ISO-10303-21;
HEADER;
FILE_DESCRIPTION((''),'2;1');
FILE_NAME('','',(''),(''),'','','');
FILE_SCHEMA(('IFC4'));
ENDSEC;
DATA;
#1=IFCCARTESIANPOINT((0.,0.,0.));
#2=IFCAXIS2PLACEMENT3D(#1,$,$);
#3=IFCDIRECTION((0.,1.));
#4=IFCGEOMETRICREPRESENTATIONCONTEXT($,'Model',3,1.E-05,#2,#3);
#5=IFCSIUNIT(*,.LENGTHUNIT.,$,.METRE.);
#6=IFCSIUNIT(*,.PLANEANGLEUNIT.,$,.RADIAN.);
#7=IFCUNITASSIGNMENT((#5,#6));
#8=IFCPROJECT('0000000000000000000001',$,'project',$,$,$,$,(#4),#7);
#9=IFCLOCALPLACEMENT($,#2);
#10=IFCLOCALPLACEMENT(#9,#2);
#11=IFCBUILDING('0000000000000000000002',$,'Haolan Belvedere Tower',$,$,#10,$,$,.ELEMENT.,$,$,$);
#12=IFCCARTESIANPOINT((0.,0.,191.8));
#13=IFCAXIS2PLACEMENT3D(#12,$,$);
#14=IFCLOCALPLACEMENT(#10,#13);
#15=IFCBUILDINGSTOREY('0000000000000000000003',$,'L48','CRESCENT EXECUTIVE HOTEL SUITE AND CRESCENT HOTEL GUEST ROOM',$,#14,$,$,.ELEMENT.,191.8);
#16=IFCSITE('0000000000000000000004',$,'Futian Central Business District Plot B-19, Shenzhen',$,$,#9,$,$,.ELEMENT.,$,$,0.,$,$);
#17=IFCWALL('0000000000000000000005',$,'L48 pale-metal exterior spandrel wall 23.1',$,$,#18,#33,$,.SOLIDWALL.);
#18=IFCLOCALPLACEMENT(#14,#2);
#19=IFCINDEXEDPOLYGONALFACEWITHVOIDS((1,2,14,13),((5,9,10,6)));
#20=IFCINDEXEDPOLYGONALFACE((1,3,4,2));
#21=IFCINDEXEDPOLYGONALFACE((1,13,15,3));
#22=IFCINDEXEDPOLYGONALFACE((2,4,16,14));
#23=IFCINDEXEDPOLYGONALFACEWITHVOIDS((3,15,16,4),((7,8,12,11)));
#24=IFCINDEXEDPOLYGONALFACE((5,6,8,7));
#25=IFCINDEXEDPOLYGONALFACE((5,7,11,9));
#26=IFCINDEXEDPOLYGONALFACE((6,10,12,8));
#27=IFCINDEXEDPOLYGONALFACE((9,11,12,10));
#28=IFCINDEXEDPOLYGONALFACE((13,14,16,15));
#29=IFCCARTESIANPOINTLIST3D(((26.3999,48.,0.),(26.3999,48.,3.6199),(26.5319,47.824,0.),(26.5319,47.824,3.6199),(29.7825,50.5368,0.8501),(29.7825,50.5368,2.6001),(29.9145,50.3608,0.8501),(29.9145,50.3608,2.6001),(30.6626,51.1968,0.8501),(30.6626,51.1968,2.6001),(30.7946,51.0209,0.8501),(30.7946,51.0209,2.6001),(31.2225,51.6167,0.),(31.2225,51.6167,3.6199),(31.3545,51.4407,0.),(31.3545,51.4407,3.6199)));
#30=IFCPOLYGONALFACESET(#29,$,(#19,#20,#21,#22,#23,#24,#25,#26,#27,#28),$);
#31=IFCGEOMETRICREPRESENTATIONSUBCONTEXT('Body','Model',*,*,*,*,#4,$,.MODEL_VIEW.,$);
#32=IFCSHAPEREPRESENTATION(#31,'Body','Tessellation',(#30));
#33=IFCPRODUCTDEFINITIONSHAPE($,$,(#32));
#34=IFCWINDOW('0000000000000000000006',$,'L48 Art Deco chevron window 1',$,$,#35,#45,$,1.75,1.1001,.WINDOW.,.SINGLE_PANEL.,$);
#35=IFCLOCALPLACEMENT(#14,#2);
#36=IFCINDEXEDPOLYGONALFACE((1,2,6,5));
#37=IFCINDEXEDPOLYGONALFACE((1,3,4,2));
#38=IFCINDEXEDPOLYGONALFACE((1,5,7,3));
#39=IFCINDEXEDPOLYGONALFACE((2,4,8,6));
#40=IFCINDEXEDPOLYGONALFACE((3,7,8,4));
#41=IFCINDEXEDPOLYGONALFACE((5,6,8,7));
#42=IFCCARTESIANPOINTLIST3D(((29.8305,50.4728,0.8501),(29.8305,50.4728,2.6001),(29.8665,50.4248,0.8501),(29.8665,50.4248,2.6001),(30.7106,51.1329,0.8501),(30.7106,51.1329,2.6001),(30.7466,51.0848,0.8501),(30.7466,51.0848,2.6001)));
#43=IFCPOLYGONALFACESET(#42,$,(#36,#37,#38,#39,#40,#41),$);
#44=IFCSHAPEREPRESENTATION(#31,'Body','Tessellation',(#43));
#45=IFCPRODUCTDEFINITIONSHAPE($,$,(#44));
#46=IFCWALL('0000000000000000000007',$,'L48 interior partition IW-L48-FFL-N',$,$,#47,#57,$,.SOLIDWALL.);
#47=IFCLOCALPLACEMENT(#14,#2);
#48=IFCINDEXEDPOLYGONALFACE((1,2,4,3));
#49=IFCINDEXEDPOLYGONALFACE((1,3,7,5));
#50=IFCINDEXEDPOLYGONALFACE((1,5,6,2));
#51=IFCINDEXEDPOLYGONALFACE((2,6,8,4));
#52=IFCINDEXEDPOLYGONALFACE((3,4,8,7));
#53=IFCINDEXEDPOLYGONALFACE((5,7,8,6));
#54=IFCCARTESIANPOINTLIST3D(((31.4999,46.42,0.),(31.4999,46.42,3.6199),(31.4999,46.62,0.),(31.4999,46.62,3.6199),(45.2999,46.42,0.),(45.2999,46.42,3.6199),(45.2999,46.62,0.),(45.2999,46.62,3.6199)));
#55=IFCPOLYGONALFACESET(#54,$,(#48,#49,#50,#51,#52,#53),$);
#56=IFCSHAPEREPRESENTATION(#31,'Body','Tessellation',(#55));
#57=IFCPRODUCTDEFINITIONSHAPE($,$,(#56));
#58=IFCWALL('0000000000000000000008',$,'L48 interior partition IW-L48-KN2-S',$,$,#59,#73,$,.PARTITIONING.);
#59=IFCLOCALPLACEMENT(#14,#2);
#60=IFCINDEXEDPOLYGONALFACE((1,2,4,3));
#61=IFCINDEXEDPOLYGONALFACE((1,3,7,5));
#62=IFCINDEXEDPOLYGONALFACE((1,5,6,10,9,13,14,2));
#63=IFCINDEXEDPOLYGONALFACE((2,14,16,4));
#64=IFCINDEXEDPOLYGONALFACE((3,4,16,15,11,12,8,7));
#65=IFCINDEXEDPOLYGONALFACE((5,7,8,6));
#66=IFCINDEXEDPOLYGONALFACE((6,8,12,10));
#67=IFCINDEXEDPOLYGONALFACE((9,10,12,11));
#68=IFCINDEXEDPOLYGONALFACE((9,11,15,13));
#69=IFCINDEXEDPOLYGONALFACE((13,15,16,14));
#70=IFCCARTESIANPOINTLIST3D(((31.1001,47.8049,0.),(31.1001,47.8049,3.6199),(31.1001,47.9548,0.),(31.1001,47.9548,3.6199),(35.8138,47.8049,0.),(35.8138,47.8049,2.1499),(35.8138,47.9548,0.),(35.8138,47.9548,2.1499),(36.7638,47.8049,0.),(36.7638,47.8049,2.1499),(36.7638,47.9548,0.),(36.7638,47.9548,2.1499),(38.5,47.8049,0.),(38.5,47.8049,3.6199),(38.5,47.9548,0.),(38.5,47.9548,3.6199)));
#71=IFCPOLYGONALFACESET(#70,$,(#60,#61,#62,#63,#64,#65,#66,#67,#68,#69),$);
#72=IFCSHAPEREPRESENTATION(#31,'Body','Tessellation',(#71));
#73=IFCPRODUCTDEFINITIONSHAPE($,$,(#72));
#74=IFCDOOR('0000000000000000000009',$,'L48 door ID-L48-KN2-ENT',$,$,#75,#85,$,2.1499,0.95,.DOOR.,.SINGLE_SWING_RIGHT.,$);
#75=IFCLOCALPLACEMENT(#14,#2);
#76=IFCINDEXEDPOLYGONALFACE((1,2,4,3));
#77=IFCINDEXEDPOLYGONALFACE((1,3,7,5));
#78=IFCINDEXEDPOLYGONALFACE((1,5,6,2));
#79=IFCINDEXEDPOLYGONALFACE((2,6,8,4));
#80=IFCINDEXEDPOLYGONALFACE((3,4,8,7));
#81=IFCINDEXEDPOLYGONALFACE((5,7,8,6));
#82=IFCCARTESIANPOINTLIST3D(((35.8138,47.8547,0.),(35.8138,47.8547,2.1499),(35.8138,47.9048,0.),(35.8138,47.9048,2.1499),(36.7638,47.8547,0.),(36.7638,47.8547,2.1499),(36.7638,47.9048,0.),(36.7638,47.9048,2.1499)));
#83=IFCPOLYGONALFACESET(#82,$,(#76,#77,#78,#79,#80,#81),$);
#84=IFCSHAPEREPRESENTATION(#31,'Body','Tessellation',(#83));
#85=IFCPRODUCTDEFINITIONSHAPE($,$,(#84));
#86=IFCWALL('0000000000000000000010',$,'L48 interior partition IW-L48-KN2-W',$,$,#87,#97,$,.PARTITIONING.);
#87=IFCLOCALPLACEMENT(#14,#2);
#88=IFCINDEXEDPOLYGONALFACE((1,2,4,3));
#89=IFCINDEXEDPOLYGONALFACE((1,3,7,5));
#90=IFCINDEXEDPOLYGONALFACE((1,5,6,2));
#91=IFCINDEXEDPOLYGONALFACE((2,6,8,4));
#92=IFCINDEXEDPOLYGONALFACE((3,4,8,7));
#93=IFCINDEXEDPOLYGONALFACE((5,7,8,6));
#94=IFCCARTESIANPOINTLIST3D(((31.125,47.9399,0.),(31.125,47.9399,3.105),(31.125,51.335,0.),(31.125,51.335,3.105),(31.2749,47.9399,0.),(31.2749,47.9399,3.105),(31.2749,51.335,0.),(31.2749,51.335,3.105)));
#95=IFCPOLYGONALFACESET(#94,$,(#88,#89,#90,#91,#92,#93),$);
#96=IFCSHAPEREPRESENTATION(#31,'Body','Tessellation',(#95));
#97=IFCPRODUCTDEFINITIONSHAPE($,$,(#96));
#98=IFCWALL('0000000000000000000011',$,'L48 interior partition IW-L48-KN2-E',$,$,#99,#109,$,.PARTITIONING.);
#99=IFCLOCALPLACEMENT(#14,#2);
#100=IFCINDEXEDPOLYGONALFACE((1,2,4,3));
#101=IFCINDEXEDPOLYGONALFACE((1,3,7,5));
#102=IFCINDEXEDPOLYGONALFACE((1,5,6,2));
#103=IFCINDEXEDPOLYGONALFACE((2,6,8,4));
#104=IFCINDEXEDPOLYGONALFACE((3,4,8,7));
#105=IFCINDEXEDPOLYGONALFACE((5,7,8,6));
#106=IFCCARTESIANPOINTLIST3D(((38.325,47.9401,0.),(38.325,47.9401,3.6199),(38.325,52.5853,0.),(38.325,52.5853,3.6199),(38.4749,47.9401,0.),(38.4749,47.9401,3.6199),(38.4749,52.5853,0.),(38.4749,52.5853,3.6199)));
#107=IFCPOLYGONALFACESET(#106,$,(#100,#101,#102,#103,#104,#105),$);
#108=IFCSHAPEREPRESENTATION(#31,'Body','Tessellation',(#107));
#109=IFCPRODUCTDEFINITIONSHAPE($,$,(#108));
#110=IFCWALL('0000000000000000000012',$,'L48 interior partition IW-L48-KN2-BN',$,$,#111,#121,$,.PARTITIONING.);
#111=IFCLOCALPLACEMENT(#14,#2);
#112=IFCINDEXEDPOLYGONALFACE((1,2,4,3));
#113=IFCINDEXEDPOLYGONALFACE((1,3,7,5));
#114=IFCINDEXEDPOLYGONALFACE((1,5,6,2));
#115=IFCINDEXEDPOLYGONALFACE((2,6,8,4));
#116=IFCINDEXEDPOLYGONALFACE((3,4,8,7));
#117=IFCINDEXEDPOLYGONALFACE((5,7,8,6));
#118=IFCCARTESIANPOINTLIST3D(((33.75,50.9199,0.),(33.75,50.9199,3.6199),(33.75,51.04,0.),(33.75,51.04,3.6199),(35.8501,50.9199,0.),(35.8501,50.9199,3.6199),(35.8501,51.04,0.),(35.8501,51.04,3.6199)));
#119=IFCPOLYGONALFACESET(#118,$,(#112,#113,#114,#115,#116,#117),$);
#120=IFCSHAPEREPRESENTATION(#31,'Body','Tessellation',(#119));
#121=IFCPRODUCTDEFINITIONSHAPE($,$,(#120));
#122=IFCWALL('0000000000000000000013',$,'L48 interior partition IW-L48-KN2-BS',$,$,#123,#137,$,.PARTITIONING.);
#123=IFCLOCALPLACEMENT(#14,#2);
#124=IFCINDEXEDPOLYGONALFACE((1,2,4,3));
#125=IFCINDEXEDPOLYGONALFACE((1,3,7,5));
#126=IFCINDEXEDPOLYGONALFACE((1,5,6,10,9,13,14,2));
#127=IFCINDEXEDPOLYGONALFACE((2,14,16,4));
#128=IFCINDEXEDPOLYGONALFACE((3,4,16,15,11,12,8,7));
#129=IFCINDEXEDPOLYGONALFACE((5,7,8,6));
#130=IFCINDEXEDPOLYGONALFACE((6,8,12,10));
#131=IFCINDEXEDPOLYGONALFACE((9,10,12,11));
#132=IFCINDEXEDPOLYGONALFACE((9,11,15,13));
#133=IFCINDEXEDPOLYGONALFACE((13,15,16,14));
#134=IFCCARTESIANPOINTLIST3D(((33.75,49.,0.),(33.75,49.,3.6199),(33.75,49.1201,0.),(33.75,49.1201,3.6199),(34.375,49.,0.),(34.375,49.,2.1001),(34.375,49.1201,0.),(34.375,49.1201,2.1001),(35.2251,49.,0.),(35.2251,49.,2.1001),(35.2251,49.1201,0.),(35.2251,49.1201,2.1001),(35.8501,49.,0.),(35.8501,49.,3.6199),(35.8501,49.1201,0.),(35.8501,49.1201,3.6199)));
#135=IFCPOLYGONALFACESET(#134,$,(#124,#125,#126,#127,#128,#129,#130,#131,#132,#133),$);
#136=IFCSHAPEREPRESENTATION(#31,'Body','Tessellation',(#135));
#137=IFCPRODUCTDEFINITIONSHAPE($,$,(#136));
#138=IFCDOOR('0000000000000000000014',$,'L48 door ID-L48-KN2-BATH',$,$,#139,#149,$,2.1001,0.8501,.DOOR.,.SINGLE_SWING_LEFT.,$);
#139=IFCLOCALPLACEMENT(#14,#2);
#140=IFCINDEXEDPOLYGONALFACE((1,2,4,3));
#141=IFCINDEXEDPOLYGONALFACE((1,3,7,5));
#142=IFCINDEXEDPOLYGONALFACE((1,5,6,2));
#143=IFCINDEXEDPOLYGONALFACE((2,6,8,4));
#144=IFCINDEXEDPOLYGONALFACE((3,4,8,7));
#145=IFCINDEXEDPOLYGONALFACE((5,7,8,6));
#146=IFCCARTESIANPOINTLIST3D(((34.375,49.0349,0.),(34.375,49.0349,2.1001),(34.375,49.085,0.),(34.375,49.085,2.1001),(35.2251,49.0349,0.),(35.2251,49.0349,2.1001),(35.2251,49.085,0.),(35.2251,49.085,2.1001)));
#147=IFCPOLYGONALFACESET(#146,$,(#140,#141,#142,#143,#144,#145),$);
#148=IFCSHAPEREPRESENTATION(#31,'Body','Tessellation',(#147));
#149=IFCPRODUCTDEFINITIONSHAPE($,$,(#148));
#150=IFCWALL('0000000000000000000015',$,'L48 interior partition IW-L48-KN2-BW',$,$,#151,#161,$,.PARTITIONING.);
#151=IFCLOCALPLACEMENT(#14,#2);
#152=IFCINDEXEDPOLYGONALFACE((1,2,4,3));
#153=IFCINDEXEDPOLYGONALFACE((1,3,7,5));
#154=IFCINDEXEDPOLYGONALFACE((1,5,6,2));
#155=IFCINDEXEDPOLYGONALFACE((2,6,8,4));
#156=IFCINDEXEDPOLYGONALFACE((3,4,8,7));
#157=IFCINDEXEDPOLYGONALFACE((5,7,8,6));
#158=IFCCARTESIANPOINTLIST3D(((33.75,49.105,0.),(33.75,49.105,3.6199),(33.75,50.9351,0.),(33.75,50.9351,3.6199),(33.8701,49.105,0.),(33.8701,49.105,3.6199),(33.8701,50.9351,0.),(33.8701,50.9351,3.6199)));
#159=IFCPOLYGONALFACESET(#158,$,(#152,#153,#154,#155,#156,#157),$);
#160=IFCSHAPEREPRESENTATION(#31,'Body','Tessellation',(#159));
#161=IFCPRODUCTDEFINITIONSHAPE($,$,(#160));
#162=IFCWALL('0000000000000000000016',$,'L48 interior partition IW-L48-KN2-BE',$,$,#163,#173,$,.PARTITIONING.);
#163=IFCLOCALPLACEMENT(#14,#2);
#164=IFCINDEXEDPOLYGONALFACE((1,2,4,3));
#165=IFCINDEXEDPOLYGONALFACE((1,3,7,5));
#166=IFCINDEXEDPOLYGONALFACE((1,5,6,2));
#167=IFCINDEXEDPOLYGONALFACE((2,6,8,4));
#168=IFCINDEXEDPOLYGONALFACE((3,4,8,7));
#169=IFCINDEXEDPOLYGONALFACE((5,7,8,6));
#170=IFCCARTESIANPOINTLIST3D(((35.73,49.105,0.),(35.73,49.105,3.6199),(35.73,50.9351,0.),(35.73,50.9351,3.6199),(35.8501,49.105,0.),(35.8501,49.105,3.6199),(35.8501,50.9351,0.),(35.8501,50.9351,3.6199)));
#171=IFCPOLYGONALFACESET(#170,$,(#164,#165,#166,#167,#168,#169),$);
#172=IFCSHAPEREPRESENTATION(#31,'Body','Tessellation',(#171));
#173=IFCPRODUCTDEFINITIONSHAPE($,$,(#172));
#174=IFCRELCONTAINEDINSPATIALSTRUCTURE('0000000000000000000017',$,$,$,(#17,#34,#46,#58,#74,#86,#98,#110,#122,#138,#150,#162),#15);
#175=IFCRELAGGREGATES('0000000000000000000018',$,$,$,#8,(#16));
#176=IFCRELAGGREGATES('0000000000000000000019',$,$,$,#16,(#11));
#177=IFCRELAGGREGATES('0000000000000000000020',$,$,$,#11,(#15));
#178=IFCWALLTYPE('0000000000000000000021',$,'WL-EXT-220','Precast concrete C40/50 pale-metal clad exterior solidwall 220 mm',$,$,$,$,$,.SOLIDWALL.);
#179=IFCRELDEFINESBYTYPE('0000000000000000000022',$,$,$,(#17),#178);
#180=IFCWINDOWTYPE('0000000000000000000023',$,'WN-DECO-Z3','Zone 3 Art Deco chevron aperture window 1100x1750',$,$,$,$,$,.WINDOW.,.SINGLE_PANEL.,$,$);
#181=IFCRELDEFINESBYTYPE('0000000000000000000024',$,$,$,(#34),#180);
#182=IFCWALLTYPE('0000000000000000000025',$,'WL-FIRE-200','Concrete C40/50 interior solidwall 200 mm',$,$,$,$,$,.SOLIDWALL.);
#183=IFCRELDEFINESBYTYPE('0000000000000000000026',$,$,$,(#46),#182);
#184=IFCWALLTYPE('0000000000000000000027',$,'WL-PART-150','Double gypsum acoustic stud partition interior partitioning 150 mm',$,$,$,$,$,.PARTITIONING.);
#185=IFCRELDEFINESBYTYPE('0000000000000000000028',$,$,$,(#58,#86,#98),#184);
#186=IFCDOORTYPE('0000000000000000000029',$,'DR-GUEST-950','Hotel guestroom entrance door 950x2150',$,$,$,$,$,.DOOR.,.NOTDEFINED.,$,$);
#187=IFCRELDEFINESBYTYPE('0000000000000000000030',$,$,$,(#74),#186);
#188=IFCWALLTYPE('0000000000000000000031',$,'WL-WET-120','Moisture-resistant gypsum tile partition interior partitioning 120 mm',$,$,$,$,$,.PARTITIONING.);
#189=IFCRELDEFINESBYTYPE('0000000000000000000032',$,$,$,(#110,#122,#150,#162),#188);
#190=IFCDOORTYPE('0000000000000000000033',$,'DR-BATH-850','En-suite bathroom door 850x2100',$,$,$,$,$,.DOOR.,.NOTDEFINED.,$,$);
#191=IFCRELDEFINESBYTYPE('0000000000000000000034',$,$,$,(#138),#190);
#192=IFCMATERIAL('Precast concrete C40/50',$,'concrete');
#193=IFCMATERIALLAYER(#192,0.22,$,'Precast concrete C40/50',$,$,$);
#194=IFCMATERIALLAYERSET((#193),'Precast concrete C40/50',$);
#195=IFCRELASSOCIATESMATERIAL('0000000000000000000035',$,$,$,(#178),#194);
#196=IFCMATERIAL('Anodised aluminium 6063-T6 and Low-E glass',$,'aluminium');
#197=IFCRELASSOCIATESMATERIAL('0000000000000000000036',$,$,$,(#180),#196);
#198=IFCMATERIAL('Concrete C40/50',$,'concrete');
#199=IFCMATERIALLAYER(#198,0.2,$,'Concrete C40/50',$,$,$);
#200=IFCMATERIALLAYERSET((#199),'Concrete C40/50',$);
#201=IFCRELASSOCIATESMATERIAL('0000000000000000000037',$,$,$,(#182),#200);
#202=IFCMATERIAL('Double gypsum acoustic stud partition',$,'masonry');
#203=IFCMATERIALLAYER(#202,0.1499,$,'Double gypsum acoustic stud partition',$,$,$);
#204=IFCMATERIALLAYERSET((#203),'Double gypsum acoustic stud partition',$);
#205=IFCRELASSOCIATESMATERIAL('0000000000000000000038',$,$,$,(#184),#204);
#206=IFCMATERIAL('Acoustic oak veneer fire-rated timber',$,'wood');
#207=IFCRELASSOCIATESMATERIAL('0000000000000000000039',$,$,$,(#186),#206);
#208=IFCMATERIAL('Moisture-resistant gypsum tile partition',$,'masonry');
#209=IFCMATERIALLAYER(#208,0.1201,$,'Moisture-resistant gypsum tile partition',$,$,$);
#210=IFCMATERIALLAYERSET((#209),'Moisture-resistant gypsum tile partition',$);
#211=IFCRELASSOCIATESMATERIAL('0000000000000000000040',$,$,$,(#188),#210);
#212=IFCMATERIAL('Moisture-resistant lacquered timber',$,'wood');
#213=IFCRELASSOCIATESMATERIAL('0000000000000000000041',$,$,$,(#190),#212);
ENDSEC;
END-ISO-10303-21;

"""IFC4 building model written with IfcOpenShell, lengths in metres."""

from ifc_helpers import new_model, si_unit, direction, frame, frame_2d, origin, place, context, subcontext, project, spatial, rectangle, extrude, material, layer, layer_set, type_object, element, fill, save


model = new_model("IFC4")

# Units and contexts
model_context = context("Model", 3, precision=1e-05, world=origin(), true_north=direction((0.0, 1.0)))
body_context = subcontext(model_context, "Body", "Model", "MODEL_VIEW")
ifc_project = project(units=[si_unit("LENGTHUNIT", "METRE"), si_unit("PLANEANGLEUNIT", "RADIAN")], contexts=[model_context])

# Site, building, storey
site_placement = place(None, origin())
site = spatial("IfcSite", under=ifc_project, at=site_placement, Name="Futian Central Business District Plot B-19, Shenzhen", CompositionType="ELEMENT", RefElevation=0.0)
building_placement = place(site_placement, origin())
building = spatial("IfcBuilding", under=site, at=building_placement, Name="Haolan Belvedere Tower", CompositionType="ELEMENT")
storey_placement = place(building_placement, frame((0.0, 0.0, 191.8)))
storey = spatial("IfcBuildingStorey", under=building, at=storey_placement, Name="L48", Description="CRESCENT EXECUTIVE HOTEL SUITE AND CRESCENT HOTEL GUEST ROOM", CompositionType="ELEMENT", Elevation=191.8)

# Wall, opening, window
ifc_material_1 = material(Name="Precast concrete C40/50", Category="concrete")
ifc_layer_1 = layer(ifc_material_1, 0.22, Name="Precast concrete C40/50")
ifc_layer_set_1 = layer_set([ifc_layer_1], Name="Precast concrete C40/50")
wall_type_1 = type_object("IfcWallType", Name="WL-EXT-220", Description="Precast concrete C40/50 pale-metal clad exterior solidwall 220 mm", PredefinedType="SOLIDWALL", material=ifc_layer_set_1)
wall_1_placement = place(storey_placement, frame((31.2886, 51.5288, 0.0), z_axis=(0.0, 0.0, 1.0), x_axis=(-0.800015, -0.599981, 0.0)))
wall_1 = element("IfcWall", 1, at=wall_1_placement, inside=storey, type_object=wall_type_1, Name="L48 pale-metal exterior spandrel wall 23.1", PredefinedType="SOLIDWALL", context=body_context, shape_type="SweptSolid", body=[
    extrude(rectangle(XDim=6.0281, YDim=0.22, at=frame_2d((3.0142, 0.0))), origin(), (0.0, 0.0, 1.0), 3.6199),
])
opening_1_placement = place(wall_1_placement, frame((0.7, 0.0, 0.8501)))
opening_1 = element("IfcOpeningElement", 2, at=opening_1_placement, cuts=wall_1, PredefinedType="OPENING", context=body_context, shape_type="SweptSolid", body=[
    extrude(rectangle(XDim=1.1001, YDim=1.75, at=frame_2d((0.55, 0.875))), frame((0.0, 0.1199, 0.0), z_axis=(0.0, -1.0, 0.0), x_axis=(1.0, 0.0, 0.0)), (0.0, 0.0, 1.0), 0.24),
])
ifc_material_2 = material(Name="Anodised aluminium 6063-T6 and Low-E glass", Category="aluminium")
window_type = type_object("IfcWindowType", Name="WN-DECO-Z3", Description="Zone 3 Art Deco chevron aperture window 1100x1750", PartitioningType="SINGLE_PANEL", PredefinedType="WINDOW", material=ifc_material_2)
window_placement = place(opening_1_placement, origin())
window = element("IfcWindow", 3, at=window_placement, inside=storey, type_object=window_type, Name="L48 Art Deco chevron window 1", OverallHeight=1.75, OverallWidth=1.1001, PartitioningType="SINGLE_PANEL", PredefinedType="WINDOW", context=body_context, shape_type="SweptSolid", body=[
    extrude(rectangle(XDim=1.1001, YDim=1.75, at=frame_2d((0.55, 0.875))), frame((0.0, 0.03, 0.0), z_axis=(0.0, -1.0, 0.0), x_axis=(1.0, 0.0, 0.0)), (0.0, 0.0, 1.0), 0.0601),
])
fill(opening_1, window)

# Wall
ifc_material_3 = material(Name="Concrete C40/50", Category="concrete")
ifc_layer_2 = layer(ifc_material_3, 0.2, Name="Concrete C40/50")
ifc_layer_set_2 = layer_set([ifc_layer_2], Name="Concrete C40/50")
wall_type_2 = type_object("IfcWallType", Name="WL-FIRE-200", Description="Concrete C40/50 interior solidwall 200 mm", PredefinedType="SOLIDWALL", material=ifc_layer_set_2)
wall_2_placement = place(storey_placement, frame((31.5, 46.52, 0.0), z_axis=(0.0, 0.0, 1.0), x_axis=(1.0, 0.0, 0.0)))
element("IfcWall", 4, at=wall_2_placement, inside=storey, type_object=wall_type_2, Name="L48 interior partition IW-L48-FFL-N", PredefinedType="SOLIDWALL", context=body_context, shape_type="SweptSolid", body=[
    extrude(rectangle(XDim=13.8, YDim=0.2, at=frame_2d((6.8999, 0.0))), origin(), (0.0, 0.0, 1.0), 3.6199),
])

# Wall, opening, door
ifc_material_4 = material(Name="Double gypsum acoustic stud partition", Category="masonry")
ifc_layer_3 = layer(ifc_material_4, 0.1499, Name="Double gypsum acoustic stud partition")
ifc_layer_set_3 = layer_set([ifc_layer_3], Name="Double gypsum acoustic stud partition")
wall_type_3 = type_object("IfcWallType", Name="WL-PART-150", Description="Double gypsum acoustic stud partition interior partitioning 150 mm", PredefinedType="PARTITIONING", material=ifc_layer_set_3)
wall_3_placement = place(storey_placement, frame((31.1001, 47.8799, 0.0), z_axis=(0.0, 0.0, 1.0), x_axis=(1.0, 0.0, 0.0)))
wall_3 = element("IfcWall", 5, at=wall_3_placement, inside=storey, type_object=wall_type_3, Name="L48 interior partition IW-L48-KN2-S", PredefinedType="PARTITIONING", context=body_context, shape_type="SweptSolid", body=[
    extrude(rectangle(XDim=7.3999, YDim=0.1499, at=frame_2d((3.7, 0.0))), origin(), (0.0, 0.0, 1.0), 3.6199),
])
opening_2_placement = place(wall_3_placement, frame((4.7136, 0.0, 0.0)))
opening_2 = element("IfcOpeningElement", 6, at=opening_2_placement, cuts=wall_3, PredefinedType="OPENING", context=body_context, shape_type="SweptSolid", body=[
    extrude(rectangle(XDim=0.95, YDim=2.1499, at=frame_2d((0.4751, 1.075))), frame((0.0, 0.085, 0.0), z_axis=(0.0, -1.0, 0.0), x_axis=(1.0, 0.0, 0.0)), (0.0, 0.0, 1.0), 0.1699),
])
ifc_material_5 = material(Name="Acoustic oak veneer fire-rated timber", Category="wood")
door_type_1 = type_object("IfcDoorType", Name="DR-GUEST-950", Description="Hotel guestroom entrance door 950x2150", OperationType="NOTDEFINED", PredefinedType="DOOR", material=ifc_material_5)
door_1_placement = place(opening_2_placement, origin())
door_1 = element("IfcDoor", 7, at=door_1_placement, inside=storey, type_object=door_type_1, Name="L48 door ID-L48-KN2-ENT", OperationType="SINGLE_SWING_RIGHT", OverallHeight=2.1499, OverallWidth=0.95, PredefinedType="DOOR", context=body_context, shape_type="SweptSolid", body=[
    extrude(rectangle(XDim=0.95, YDim=2.1499, at=frame_2d((0.4751, 1.075))), frame((0.0, 0.0249, 0.0), z_axis=(0.0, -1.0, 0.0), x_axis=(1.0, 0.0, 0.0)), (0.0, 0.0, 1.0), 0.05),
])
fill(opening_2, door_1)

# Walls
wall_4_placement = place(storey_placement, frame((31.2, 47.9399, 0.0), z_axis=(0.0, 0.0, 1.0), x_axis=(0.0, 1.0, 0.0)))
element("IfcWall", 8, at=wall_4_placement, inside=storey, type_object=wall_type_3, Name="L48 interior partition IW-L48-KN2-W", PredefinedType="PARTITIONING", context=body_context, shape_type="SweptSolid", body=[
    extrude(rectangle(XDim=3.395, YDim=0.1499, at=frame_2d((1.6975, 0.0))), origin(), (0.0, 0.0, 1.0), 3.105),
])
wall_5_placement = place(storey_placement, frame((38.3999, 47.9399, 0.0), z_axis=(0.0, 0.0, 1.0), x_axis=(0.0, 1.0, 0.0)))
element("IfcWall", 9, at=wall_5_placement, inside=storey, type_object=wall_type_3, Name="L48 interior partition IW-L48-KN2-E", PredefinedType="PARTITIONING", context=body_context, shape_type="SweptSolid", body=[
    extrude(rectangle(XDim=4.6453, YDim=0.1499, at=frame_2d((2.3228, 0.0))), origin(), (0.0, 0.0, 1.0), 3.6199),
])
ifc_material_6 = material(Name="Moisture-resistant gypsum tile partition", Category="masonry")
ifc_layer_4 = layer(ifc_material_6, 0.1201, Name="Moisture-resistant gypsum tile partition")
ifc_layer_set_4 = layer_set([ifc_layer_4], Name="Moisture-resistant gypsum tile partition")
wall_type_4 = type_object("IfcWallType", Name="WL-WET-120", Description="Moisture-resistant gypsum tile partition interior partitioning 120 mm", PredefinedType="PARTITIONING", material=ifc_layer_set_4)
wall_6_placement = place(storey_placement, frame((33.75, 50.98, 0.0), z_axis=(0.0, 0.0, 1.0), x_axis=(1.0, 0.0, 0.0)))
element("IfcWall", 10, at=wall_6_placement, inside=storey, type_object=wall_type_4, Name="L48 interior partition IW-L48-KN2-BN", PredefinedType="PARTITIONING", context=body_context, shape_type="SweptSolid", body=[
    extrude(rectangle(XDim=2.1001, YDim=0.1201, at=frame_2d((1.05, 0.0))), origin(), (0.0, 0.0, 1.0), 3.6199),
])

# Wall, opening, door
wall_7_placement = place(storey_placement, frame((33.75, 49.0601, 0.0), z_axis=(0.0, 0.0, 1.0), x_axis=(1.0, 0.0, 0.0)))
wall_7 = element("IfcWall", 11, at=wall_7_placement, inside=storey, type_object=wall_type_4, Name="L48 interior partition IW-L48-KN2-BS", PredefinedType="PARTITIONING", context=body_context, shape_type="SweptSolid", body=[
    extrude(rectangle(XDim=2.1001, YDim=0.1201, at=frame_2d((1.05, 0.0))), origin(), (0.0, 0.0, 1.0), 3.6199),
])
opening_3_placement = place(wall_7_placement, frame((0.625, 0.0, 0.0)))
opening_3 = element("IfcOpeningElement", 12, at=opening_3_placement, cuts=wall_7, PredefinedType="OPENING", context=body_context, shape_type="SweptSolid", body=[
    extrude(rectangle(XDim=0.8501, YDim=2.1001, at=frame_2d((0.425, 1.05))), frame((0.0, 0.0701, 0.0), z_axis=(0.0, -1.0, 0.0), x_axis=(1.0, 0.0, 0.0)), (0.0, 0.0, 1.0), 0.1401),
])
ifc_material_7 = material(Name="Moisture-resistant lacquered timber", Category="wood")
door_type_2 = type_object("IfcDoorType", Name="DR-BATH-850", Description="En-suite bathroom door 850x2100", OperationType="NOTDEFINED", PredefinedType="DOOR", material=ifc_material_7)
door_2_placement = place(opening_3_placement, origin())
door_2 = element("IfcDoor", 13, at=door_2_placement, inside=storey, type_object=door_type_2, Name="L48 door ID-L48-KN2-BATH", OperationType="SINGLE_SWING_LEFT", OverallHeight=2.1001, OverallWidth=0.8501, PredefinedType="DOOR", context=body_context, shape_type="SweptSolid", body=[
    extrude(rectangle(XDim=0.8501, YDim=2.1001, at=frame_2d((0.425, 1.05))), frame((0.0, 0.0249, 0.0), z_axis=(0.0, -1.0, 0.0), x_axis=(1.0, 0.0, 0.0)), (0.0, 0.0, 1.0), 0.05),
])
fill(opening_3, door_2)

# Walls
for number, where, z_axis, x_axis, name in (
    (14, (33.8101, 49.105, 0.0), (0.0, 0.0, 1.0), (0.0, 1.0, 0.0), "L48 interior partition IW-L48-KN2-BW"),
    (15, (35.79, 49.105, 0.0), (0.0, 0.0, 1.0), (0.0, 1.0, 0.0), "L48 interior partition IW-L48-KN2-BE"),
):
    element("IfcWall", number, at=place(storey_placement, frame(where, z_axis=z_axis, x_axis=x_axis)), inside=storey, type_object=wall_type_4, Name=name, PredefinedType="PARTITIONING", context=body_context, shape_type="SweptSolid", body=[
        extrude(rectangle(XDim=1.8301, YDim=0.1201, at=frame_2d((0.915, 0.0))), origin(), (0.0, 0.0, 1.0), 3.6199),
    ])

save(model, "model.ifc")
